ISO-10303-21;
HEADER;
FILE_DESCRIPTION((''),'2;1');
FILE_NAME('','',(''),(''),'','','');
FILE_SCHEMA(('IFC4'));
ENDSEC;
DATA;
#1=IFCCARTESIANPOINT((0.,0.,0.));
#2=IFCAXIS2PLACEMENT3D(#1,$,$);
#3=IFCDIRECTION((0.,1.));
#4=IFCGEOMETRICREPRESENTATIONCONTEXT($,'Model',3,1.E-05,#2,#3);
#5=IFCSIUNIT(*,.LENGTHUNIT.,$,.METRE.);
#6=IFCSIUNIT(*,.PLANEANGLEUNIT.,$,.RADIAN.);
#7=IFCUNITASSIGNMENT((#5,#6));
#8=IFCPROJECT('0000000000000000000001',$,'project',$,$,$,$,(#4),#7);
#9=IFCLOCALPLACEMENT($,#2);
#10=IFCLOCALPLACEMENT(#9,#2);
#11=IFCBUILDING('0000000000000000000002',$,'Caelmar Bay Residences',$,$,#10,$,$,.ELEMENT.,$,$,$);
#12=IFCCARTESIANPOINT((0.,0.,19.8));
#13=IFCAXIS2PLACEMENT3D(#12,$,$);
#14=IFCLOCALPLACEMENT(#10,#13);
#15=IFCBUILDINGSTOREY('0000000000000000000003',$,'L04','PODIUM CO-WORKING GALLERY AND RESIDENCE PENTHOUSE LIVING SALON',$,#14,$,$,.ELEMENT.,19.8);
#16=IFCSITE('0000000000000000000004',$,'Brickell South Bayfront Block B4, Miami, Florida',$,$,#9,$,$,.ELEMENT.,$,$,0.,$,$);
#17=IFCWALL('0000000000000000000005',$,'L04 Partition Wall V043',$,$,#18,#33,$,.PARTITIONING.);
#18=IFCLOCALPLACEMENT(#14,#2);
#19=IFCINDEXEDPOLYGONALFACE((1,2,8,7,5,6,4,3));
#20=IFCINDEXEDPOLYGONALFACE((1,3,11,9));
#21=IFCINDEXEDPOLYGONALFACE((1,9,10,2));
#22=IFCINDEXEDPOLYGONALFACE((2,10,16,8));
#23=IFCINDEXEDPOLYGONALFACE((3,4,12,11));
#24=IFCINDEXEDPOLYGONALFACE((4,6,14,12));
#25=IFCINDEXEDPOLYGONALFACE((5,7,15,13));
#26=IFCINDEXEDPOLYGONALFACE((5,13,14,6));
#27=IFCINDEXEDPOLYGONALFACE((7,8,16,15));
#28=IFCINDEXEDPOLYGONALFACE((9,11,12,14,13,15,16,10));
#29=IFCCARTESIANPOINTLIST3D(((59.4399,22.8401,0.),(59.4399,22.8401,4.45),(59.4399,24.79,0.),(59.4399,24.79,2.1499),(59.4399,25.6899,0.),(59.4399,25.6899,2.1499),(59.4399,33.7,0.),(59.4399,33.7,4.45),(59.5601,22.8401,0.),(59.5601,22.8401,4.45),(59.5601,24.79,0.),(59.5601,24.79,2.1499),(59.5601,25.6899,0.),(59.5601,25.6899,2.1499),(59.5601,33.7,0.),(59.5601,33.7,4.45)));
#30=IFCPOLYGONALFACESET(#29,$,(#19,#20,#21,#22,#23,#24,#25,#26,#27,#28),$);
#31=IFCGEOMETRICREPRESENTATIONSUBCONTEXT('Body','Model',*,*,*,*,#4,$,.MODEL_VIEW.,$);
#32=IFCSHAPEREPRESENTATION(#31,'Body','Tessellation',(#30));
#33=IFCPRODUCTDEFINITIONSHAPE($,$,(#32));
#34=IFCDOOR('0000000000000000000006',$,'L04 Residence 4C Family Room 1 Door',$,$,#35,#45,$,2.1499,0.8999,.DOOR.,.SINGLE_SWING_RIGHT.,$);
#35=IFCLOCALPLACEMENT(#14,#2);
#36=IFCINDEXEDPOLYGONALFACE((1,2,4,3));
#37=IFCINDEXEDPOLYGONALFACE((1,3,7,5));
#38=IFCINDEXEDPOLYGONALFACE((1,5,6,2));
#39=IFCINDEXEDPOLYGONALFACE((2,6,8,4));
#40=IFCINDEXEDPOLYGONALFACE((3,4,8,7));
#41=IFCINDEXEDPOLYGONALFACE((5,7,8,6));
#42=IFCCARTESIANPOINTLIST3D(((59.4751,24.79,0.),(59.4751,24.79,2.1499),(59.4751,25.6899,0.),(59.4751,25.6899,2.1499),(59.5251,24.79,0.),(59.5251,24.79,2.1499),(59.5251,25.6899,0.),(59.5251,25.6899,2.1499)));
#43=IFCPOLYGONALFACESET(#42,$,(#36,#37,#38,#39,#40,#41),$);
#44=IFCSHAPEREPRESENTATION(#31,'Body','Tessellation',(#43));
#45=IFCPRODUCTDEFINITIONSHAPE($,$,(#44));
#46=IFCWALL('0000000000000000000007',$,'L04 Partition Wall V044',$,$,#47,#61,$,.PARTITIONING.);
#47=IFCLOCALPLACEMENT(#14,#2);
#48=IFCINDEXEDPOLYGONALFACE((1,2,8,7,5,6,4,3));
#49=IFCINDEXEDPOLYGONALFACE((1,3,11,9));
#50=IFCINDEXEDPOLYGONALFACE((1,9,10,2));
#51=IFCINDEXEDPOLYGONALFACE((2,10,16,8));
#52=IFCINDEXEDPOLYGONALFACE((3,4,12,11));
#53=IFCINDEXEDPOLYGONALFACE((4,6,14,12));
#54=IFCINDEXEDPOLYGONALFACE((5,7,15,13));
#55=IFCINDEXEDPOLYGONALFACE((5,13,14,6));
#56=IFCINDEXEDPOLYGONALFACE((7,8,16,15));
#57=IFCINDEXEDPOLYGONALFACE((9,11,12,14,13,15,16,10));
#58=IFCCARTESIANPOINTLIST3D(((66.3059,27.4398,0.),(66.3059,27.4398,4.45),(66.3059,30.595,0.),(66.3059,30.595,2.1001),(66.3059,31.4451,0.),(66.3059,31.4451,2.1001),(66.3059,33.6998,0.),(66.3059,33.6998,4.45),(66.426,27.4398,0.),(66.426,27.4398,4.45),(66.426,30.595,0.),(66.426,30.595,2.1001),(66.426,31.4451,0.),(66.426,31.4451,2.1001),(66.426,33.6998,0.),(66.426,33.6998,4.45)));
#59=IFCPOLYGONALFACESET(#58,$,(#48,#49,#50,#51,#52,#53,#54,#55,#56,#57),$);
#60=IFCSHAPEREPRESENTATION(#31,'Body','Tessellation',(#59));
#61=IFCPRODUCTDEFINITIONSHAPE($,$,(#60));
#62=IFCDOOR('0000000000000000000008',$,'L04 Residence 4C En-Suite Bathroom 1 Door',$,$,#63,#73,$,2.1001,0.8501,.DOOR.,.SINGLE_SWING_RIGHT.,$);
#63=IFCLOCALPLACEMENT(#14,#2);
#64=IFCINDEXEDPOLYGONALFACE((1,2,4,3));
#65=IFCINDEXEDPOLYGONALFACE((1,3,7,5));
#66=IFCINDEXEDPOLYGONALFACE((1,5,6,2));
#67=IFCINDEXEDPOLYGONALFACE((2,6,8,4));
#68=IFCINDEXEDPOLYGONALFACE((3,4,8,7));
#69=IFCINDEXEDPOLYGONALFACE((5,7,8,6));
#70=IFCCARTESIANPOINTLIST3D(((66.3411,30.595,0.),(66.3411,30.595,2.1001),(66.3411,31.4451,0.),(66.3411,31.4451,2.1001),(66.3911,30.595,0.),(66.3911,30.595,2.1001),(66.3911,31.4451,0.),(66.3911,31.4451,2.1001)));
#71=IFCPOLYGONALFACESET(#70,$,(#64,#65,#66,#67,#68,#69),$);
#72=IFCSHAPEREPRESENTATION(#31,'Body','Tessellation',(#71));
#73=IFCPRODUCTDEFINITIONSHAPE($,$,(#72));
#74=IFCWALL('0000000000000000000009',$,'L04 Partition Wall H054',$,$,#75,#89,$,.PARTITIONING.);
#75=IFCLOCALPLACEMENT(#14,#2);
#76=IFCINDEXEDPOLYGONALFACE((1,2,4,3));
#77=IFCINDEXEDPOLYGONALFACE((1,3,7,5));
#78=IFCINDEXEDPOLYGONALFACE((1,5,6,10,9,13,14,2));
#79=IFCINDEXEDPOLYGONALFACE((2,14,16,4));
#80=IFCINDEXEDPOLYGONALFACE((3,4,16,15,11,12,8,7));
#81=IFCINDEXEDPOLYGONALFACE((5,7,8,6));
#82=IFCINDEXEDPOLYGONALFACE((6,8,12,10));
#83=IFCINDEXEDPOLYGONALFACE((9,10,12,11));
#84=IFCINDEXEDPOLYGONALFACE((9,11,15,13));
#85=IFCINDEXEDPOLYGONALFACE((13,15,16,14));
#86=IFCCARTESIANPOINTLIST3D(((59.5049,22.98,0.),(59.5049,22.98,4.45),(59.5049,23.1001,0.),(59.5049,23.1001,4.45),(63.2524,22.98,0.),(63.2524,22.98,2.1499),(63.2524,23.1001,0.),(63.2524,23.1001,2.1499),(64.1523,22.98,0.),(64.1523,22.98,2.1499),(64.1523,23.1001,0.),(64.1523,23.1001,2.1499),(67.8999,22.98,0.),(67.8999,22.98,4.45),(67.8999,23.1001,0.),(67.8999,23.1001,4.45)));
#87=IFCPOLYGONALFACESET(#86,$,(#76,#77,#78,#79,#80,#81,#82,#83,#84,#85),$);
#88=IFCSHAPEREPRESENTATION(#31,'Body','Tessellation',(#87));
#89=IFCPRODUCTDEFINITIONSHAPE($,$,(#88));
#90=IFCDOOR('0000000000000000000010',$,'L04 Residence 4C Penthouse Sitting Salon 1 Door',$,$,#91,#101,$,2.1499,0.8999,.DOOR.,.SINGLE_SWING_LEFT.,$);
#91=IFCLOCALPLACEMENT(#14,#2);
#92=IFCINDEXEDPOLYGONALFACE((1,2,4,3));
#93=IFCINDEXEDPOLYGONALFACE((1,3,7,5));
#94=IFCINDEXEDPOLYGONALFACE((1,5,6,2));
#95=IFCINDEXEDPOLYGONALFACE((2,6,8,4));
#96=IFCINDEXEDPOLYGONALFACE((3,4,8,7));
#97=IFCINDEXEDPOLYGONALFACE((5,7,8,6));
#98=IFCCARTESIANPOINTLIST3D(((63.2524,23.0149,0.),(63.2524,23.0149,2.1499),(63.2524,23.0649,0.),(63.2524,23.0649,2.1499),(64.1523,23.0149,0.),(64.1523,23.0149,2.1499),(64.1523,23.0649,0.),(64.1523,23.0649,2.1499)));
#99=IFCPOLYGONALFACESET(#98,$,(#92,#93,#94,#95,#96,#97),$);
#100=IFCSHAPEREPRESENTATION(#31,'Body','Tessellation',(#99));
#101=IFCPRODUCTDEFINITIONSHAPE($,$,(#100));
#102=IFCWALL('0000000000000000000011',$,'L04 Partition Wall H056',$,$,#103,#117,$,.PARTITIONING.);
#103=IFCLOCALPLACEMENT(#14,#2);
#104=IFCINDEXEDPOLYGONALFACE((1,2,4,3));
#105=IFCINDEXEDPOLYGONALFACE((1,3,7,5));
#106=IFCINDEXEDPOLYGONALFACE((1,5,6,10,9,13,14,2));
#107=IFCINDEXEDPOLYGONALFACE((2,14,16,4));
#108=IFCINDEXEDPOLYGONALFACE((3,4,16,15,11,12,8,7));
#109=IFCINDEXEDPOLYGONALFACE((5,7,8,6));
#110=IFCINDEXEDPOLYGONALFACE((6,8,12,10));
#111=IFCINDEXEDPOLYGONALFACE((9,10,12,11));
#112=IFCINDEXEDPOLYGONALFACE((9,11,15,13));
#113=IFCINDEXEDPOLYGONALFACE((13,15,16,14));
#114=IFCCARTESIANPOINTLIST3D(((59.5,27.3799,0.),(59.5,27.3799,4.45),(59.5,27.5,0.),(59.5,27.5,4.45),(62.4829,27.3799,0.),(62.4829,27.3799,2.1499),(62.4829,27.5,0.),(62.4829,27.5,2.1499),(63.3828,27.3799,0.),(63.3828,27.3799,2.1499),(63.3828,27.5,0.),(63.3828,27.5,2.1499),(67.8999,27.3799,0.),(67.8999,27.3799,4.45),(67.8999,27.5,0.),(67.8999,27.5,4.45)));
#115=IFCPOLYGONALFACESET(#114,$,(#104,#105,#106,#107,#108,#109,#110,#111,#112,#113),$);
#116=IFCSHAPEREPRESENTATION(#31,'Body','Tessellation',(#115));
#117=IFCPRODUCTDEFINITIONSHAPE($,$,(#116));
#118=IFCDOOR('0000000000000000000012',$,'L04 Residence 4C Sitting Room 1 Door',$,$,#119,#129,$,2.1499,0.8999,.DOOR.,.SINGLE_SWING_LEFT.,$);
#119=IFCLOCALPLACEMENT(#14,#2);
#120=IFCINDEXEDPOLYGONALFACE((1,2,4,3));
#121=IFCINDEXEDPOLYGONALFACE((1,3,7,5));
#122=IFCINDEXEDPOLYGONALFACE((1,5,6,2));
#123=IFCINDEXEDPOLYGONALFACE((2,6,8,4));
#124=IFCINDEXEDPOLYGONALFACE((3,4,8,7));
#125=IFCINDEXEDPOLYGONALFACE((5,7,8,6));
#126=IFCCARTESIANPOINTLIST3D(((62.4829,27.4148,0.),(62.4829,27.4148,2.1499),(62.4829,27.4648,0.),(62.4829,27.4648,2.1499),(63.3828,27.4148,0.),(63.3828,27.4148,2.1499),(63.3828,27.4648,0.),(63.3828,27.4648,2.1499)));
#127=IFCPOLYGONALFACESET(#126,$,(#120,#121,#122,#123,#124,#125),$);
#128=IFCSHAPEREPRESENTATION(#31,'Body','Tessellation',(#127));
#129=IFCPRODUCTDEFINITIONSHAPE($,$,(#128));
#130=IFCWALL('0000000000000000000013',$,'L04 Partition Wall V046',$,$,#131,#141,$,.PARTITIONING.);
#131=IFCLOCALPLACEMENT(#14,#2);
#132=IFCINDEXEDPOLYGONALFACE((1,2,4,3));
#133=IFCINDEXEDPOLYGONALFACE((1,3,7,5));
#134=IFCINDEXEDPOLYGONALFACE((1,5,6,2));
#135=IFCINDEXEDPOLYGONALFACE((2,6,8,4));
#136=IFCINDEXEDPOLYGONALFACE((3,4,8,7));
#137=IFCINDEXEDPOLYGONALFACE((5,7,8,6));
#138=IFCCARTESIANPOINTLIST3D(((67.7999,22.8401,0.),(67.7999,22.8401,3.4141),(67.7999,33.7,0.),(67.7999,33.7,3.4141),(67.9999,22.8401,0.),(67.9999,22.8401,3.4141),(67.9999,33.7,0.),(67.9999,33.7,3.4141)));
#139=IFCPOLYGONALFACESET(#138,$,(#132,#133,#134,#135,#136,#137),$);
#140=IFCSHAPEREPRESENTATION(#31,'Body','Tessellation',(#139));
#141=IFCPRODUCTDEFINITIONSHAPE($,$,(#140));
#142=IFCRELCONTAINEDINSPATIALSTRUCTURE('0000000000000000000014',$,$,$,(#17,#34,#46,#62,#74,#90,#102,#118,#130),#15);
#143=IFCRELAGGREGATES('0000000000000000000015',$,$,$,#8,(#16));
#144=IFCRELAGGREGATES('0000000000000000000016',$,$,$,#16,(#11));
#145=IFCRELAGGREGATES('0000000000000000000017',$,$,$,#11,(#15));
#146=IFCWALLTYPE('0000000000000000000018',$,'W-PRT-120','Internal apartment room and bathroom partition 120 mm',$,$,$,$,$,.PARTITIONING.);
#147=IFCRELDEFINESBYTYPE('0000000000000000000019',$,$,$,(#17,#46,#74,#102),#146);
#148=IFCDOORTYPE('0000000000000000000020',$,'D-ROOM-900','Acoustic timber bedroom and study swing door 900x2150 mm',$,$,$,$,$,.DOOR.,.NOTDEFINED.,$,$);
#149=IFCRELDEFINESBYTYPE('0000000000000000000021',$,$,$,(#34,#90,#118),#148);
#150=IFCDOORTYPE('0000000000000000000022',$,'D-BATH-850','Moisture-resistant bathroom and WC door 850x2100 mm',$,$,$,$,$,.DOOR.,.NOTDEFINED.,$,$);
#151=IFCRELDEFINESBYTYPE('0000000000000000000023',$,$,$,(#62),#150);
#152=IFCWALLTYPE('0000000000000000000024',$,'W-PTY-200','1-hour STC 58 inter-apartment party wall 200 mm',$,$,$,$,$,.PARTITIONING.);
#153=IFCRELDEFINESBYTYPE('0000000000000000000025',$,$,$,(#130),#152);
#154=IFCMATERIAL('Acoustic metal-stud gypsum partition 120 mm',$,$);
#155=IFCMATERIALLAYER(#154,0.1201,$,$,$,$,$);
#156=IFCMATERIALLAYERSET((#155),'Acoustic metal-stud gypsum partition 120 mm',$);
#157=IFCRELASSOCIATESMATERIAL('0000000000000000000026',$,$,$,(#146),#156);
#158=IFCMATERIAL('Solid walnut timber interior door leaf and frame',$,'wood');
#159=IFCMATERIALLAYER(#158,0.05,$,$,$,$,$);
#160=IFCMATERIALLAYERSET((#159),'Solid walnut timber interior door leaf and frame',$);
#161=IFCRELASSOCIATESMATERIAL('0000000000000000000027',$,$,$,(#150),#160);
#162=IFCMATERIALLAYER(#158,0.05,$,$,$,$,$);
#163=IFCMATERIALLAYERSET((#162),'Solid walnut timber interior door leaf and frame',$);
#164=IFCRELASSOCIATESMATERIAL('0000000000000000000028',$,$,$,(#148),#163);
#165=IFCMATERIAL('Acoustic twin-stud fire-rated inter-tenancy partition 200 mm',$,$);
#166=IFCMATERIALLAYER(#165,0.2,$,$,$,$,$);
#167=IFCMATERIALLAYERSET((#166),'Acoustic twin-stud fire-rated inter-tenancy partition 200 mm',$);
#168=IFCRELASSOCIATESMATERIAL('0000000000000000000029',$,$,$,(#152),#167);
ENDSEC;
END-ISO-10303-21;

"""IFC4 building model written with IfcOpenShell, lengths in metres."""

from ifc_helpers import new_model, si_unit, direction, frame, frame_2d, origin, place, context, subcontext, project, spatial, rectangle, extrude, material, layer, layer_set, type_object, element, fill, save


model = new_model("IFC4")

# Units and contexts
model_context = context("Model", 3, precision=1e-05, world=origin(), true_north=direction((0.0, 1.0)))
body_context = subcontext(model_context, "Body", "Model", "MODEL_VIEW")
ifc_project = project(units=[si_unit("LENGTHUNIT", "METRE"), si_unit("PLANEANGLEUNIT", "RADIAN")], contexts=[model_context])

# Site, building, storey
site_placement = place(None, origin())
site = spatial("IfcSite", under=ifc_project, at=site_placement, Name="Brickell South Bayfront Block B4, Miami, Florida", CompositionType="ELEMENT", RefElevation=0.0)
building_placement = place(site_placement, origin())
building = spatial("IfcBuilding", under=site, at=building_placement, Name="Caelmar Bay Residences", CompositionType="ELEMENT")
storey_placement = place(building_placement, frame((0.0, 0.0, 19.8)))
storey = spatial("IfcBuildingStorey", under=building, at=storey_placement, Name="L04", Description="PODIUM CO-WORKING GALLERY AND RESIDENCE PENTHOUSE LIVING SALON", CompositionType="ELEMENT", Elevation=19.8)

# Walls, openings, doors
ifc_material_1 = material(Name="Acoustic metal-stud gypsum partition 120 mm")
ifc_layer_1 = layer(ifc_material_1, 0.1201)
ifc_layer_set_1 = layer_set([ifc_layer_1], Name="Acoustic metal-stud gypsum partition 120 mm")
wall_type_1 = type_object("IfcWallType", Name="W-PRT-120", Description="Internal apartment room and bathroom partition 120 mm", PredefinedType="PARTITIONING", material=ifc_layer_set_1)
ifc_material_2 = material(Name="Solid walnut timber interior door leaf and frame", Category="wood")
ifc_layer_2 = layer(ifc_material_2, 0.05)
ifc_layer_set_2 = layer_set([ifc_layer_2], Name="Solid walnut timber interior door leaf and frame")
door_type_1 = type_object("IfcDoorType", Name="D-BATH-850", Description="Moisture-resistant bathroom and WC door 850x2100 mm", OperationType="NOTDEFINED", PredefinedType="DOOR", material=ifc_layer_set_2)
wall_1_placement = place(storey_placement, frame((59.5, 22.8401, 0.0), z_axis=(0.0, 0.0, 1.0), x_axis=(0.0, 1.0, 0.0)))
wall_1 = element("IfcWall", 1, at=wall_1_placement, inside=storey, type_object=wall_type_1, Name="L04 Partition Wall V043", PredefinedType="PARTITIONING", context=body_context, shape_type="SweptSolid", body=[
    extrude(rectangle(XDim=10.8599, YDim=0.1201, at=frame_2d((5.4299, 0.0))), origin(), (0.0, 0.0, 1.0), 4.45),
])
opening_1_placement = place(wall_1_placement, frame((1.95, 0.0, 0.0)))
opening_1 = element("IfcOpeningElement", 2, at=opening_1_placement, cuts=wall_1, PredefinedType="OPENING", context=body_context, shape_type="SweptSolid", body=[
    extrude(rectangle(XDim=0.8999, YDim=2.1499, at=frame_2d((0.45, 1.075))), frame((0.0, 0.0701, 0.0), z_axis=(0.0, -1.0, 0.0), x_axis=(1.0, 0.0, 0.0)), (0.0, 0.0, 1.0), 0.1401),
])
ifc_layer_3 = layer(ifc_material_2, 0.05)
ifc_layer_set_3 = layer_set([ifc_layer_3], Name="Solid walnut timber interior door leaf and frame")
door_type_2 = type_object("IfcDoorType", Name="D-ROOM-900", Description="Acoustic timber bedroom and study swing door 900x2150 mm", OperationType="NOTDEFINED", PredefinedType="DOOR", material=ifc_layer_set_3)
door_1_placement = place(opening_1_placement, origin())
door_1 = element("IfcDoor", 3, at=door_1_placement, inside=storey, type_object=door_type_2, Name="L04 Residence 4C Family Room 1 Door", OperationType="SINGLE_SWING_RIGHT", OverallHeight=2.1499, OverallWidth=0.8999, PredefinedType="DOOR", context=body_context, shape_type="SweptSolid", body=[
    extrude(rectangle(XDim=0.8999, YDim=2.1499, at=frame_2d((0.45, 1.075))), frame((0.0, 0.0249, 0.0), z_axis=(0.0, -1.0, 0.0), x_axis=(1.0, 0.0, 0.0)), (0.0, 0.0, 1.0), 0.05),
])
fill(opening_1, door_1)
wall_2_placement = place(storey_placement, frame((66.366, 27.4399, 0.0), z_axis=(0.0, 0.0, 1.0), x_axis=(0.0, 1.0, 0.0)))
wall_2 = element("IfcWall", 4, at=wall_2_placement, inside=storey, type_object=wall_type_1, Name="L04 Partition Wall V044", PredefinedType="PARTITIONING", context=body_context, shape_type="SweptSolid", body=[
    extrude(rectangle(XDim=6.26, YDim=0.1201, at=frame_2d((3.1299, 0.0))), origin(), (0.0, 0.0, 1.0), 4.45),
])
opening_2_placement = place(wall_2_placement, frame((3.155, 0.0, 0.0)))
opening_2 = element("IfcOpeningElement", 5, at=opening_2_placement, cuts=wall_2, PredefinedType="OPENING", context=body_context, shape_type="SweptSolid", body=[
    extrude(rectangle(XDim=0.8501, YDim=2.1001, at=frame_2d((0.425, 1.05))), frame((0.0, 0.0701, 0.0), z_axis=(0.0, -1.0, 0.0), x_axis=(1.0, 0.0, 0.0)), (0.0, 0.0, 1.0), 0.1401),
])
door_2_placement = place(opening_2_placement, origin())
door_2 = element("IfcDoor", 6, at=door_2_placement, inside=storey, type_object=door_type_1, Name="L04 Residence 4C En-Suite Bathroom 1 Door", OperationType="SINGLE_SWING_RIGHT", OverallHeight=2.1001, OverallWidth=0.8501, PredefinedType="DOOR", context=body_context, shape_type="SweptSolid", body=[
    extrude(rectangle(XDim=0.8501, YDim=2.1001, at=frame_2d((0.425, 1.05))), frame((0.0, 0.0249, 0.0), z_axis=(0.0, -1.0, 0.0), x_axis=(1.0, 0.0, 0.0)), (0.0, 0.0, 1.0), 0.05),
])
fill(opening_2, door_2)
wall_3_placement = place(storey_placement, frame((59.5049, 23.04, 0.0), z_axis=(0.0, 0.0, 1.0), x_axis=(1.0, 0.0, 0.0)))
wall_3 = element("IfcWall", 7, at=wall_3_placement, inside=storey, type_object=wall_type_1, Name="L04 Partition Wall H054", PredefinedType="PARTITIONING", context=body_context, shape_type="SweptSolid", body=[
    extrude(rectangle(XDim=8.395, YDim=0.1201, at=frame_2d((4.1975, 0.0))), origin(), (0.0, 0.0, 1.0), 4.45),
])
opening_3_placement = place(wall_3_placement, frame((3.7476, 0.0, 0.0)))
opening_3 = element("IfcOpeningElement", 8, at=opening_3_placement, cuts=wall_3, PredefinedType="OPENING", context=body_context, shape_type="SweptSolid", body=[
    extrude(rectangle(XDim=0.8999, YDim=2.1499, at=frame_2d((0.45, 1.075))), frame((0.0, 0.0701, 0.0), z_axis=(0.0, -1.0, 0.0), x_axis=(1.0, 0.0, 0.0)), (0.0, 0.0, 1.0), 0.1401),
])
door_3_placement = place(opening_3_placement, origin())
door_3 = element("IfcDoor", 9, at=door_3_placement, inside=storey, type_object=door_type_2, Name="L04 Residence 4C Penthouse Sitting Salon 1 Door", OperationType="SINGLE_SWING_LEFT", OverallHeight=2.1499, OverallWidth=0.8999, PredefinedType="DOOR", context=body_context, shape_type="SweptSolid", body=[
    extrude(rectangle(XDim=0.8999, YDim=2.1499, at=frame_2d((0.45, 1.075))), frame((0.0, 0.0249, 0.0), z_axis=(0.0, -1.0, 0.0), x_axis=(1.0, 0.0, 0.0)), (0.0, 0.0, 1.0), 0.05),
])
fill(opening_3, door_3)
wall_4_placement = place(storey_placement, frame((59.5, 27.4399, 0.0), z_axis=(0.0, 0.0, 1.0), x_axis=(1.0, 0.0, 0.0)))
wall_4 = element("IfcWall", 10, at=wall_4_placement, inside=storey, type_object=wall_type_1, Name="L04 Partition Wall H056", PredefinedType="PARTITIONING", context=body_context, shape_type="SweptSolid", body=[
    extrude(rectangle(XDim=8.3999, YDim=0.1201, at=frame_2d((4.2, 0.0))), origin(), (0.0, 0.0, 1.0), 4.45),
])
opening_4_placement = place(wall_4_placement, frame((2.9829, 0.0, 0.0)))
opening_4 = element("IfcOpeningElement", 11, at=opening_4_placement, cuts=wall_4, PredefinedType="OPENING", context=body_context, shape_type="SweptSolid", body=[
    extrude(rectangle(XDim=0.8999, YDim=2.1499, at=frame_2d((0.45, 1.075))), frame((0.0, 0.0701, 0.0), z_axis=(0.0, -1.0, 0.0), x_axis=(1.0, 0.0, 0.0)), (0.0, 0.0, 1.0), 0.1401),
])
door_4_placement = place(opening_4_placement, origin())
door_4 = element("IfcDoor", 12, at=door_4_placement, inside=storey, type_object=door_type_2, Name="L04 Residence 4C Sitting Room 1 Door", OperationType="SINGLE_SWING_LEFT", OverallHeight=2.1499, OverallWidth=0.8999, PredefinedType="DOOR", context=body_context, shape_type="SweptSolid", body=[
    extrude(rectangle(XDim=0.8999, YDim=2.1499, at=frame_2d((0.45, 1.075))), frame((0.0, 0.0249, 0.0), z_axis=(0.0, -1.0, 0.0), x_axis=(1.0, 0.0, 0.0)), (0.0, 0.0, 1.0), 0.05),
])
fill(opening_4, door_4)

# Wall
ifc_material_3 = material(Name="Acoustic twin-stud fire-rated inter-tenancy partition 200 mm")
ifc_layer_4 = layer(ifc_material_3, 0.2)
ifc_layer_set_4 = layer_set([ifc_layer_4], Name="Acoustic twin-stud fire-rated inter-tenancy partition 200 mm")
wall_type_2 = type_object("IfcWallType", Name="W-PTY-200", Description="1-hour STC 58 inter-apartment party wall 200 mm", PredefinedType="PARTITIONING", material=ifc_layer_set_4)
wall_5_placement = place(storey_placement, frame((67.8999, 22.8401, 0.0), z_axis=(0.0, 0.0, 1.0), x_axis=(0.0, 1.0, 0.0)))
element("IfcWall", 13, at=wall_5_placement, inside=storey, type_object=wall_type_2, Name="L04 Partition Wall V046", PredefinedType="PARTITIONING", context=body_context, shape_type="SweptSolid", body=[
    extrude(rectangle(XDim=10.8599, YDim=0.2, at=frame_2d((5.4299, 0.0))), origin(), (0.0, 0.0, 1.0), 3.4141),
])

save(model, "model.ifc")
